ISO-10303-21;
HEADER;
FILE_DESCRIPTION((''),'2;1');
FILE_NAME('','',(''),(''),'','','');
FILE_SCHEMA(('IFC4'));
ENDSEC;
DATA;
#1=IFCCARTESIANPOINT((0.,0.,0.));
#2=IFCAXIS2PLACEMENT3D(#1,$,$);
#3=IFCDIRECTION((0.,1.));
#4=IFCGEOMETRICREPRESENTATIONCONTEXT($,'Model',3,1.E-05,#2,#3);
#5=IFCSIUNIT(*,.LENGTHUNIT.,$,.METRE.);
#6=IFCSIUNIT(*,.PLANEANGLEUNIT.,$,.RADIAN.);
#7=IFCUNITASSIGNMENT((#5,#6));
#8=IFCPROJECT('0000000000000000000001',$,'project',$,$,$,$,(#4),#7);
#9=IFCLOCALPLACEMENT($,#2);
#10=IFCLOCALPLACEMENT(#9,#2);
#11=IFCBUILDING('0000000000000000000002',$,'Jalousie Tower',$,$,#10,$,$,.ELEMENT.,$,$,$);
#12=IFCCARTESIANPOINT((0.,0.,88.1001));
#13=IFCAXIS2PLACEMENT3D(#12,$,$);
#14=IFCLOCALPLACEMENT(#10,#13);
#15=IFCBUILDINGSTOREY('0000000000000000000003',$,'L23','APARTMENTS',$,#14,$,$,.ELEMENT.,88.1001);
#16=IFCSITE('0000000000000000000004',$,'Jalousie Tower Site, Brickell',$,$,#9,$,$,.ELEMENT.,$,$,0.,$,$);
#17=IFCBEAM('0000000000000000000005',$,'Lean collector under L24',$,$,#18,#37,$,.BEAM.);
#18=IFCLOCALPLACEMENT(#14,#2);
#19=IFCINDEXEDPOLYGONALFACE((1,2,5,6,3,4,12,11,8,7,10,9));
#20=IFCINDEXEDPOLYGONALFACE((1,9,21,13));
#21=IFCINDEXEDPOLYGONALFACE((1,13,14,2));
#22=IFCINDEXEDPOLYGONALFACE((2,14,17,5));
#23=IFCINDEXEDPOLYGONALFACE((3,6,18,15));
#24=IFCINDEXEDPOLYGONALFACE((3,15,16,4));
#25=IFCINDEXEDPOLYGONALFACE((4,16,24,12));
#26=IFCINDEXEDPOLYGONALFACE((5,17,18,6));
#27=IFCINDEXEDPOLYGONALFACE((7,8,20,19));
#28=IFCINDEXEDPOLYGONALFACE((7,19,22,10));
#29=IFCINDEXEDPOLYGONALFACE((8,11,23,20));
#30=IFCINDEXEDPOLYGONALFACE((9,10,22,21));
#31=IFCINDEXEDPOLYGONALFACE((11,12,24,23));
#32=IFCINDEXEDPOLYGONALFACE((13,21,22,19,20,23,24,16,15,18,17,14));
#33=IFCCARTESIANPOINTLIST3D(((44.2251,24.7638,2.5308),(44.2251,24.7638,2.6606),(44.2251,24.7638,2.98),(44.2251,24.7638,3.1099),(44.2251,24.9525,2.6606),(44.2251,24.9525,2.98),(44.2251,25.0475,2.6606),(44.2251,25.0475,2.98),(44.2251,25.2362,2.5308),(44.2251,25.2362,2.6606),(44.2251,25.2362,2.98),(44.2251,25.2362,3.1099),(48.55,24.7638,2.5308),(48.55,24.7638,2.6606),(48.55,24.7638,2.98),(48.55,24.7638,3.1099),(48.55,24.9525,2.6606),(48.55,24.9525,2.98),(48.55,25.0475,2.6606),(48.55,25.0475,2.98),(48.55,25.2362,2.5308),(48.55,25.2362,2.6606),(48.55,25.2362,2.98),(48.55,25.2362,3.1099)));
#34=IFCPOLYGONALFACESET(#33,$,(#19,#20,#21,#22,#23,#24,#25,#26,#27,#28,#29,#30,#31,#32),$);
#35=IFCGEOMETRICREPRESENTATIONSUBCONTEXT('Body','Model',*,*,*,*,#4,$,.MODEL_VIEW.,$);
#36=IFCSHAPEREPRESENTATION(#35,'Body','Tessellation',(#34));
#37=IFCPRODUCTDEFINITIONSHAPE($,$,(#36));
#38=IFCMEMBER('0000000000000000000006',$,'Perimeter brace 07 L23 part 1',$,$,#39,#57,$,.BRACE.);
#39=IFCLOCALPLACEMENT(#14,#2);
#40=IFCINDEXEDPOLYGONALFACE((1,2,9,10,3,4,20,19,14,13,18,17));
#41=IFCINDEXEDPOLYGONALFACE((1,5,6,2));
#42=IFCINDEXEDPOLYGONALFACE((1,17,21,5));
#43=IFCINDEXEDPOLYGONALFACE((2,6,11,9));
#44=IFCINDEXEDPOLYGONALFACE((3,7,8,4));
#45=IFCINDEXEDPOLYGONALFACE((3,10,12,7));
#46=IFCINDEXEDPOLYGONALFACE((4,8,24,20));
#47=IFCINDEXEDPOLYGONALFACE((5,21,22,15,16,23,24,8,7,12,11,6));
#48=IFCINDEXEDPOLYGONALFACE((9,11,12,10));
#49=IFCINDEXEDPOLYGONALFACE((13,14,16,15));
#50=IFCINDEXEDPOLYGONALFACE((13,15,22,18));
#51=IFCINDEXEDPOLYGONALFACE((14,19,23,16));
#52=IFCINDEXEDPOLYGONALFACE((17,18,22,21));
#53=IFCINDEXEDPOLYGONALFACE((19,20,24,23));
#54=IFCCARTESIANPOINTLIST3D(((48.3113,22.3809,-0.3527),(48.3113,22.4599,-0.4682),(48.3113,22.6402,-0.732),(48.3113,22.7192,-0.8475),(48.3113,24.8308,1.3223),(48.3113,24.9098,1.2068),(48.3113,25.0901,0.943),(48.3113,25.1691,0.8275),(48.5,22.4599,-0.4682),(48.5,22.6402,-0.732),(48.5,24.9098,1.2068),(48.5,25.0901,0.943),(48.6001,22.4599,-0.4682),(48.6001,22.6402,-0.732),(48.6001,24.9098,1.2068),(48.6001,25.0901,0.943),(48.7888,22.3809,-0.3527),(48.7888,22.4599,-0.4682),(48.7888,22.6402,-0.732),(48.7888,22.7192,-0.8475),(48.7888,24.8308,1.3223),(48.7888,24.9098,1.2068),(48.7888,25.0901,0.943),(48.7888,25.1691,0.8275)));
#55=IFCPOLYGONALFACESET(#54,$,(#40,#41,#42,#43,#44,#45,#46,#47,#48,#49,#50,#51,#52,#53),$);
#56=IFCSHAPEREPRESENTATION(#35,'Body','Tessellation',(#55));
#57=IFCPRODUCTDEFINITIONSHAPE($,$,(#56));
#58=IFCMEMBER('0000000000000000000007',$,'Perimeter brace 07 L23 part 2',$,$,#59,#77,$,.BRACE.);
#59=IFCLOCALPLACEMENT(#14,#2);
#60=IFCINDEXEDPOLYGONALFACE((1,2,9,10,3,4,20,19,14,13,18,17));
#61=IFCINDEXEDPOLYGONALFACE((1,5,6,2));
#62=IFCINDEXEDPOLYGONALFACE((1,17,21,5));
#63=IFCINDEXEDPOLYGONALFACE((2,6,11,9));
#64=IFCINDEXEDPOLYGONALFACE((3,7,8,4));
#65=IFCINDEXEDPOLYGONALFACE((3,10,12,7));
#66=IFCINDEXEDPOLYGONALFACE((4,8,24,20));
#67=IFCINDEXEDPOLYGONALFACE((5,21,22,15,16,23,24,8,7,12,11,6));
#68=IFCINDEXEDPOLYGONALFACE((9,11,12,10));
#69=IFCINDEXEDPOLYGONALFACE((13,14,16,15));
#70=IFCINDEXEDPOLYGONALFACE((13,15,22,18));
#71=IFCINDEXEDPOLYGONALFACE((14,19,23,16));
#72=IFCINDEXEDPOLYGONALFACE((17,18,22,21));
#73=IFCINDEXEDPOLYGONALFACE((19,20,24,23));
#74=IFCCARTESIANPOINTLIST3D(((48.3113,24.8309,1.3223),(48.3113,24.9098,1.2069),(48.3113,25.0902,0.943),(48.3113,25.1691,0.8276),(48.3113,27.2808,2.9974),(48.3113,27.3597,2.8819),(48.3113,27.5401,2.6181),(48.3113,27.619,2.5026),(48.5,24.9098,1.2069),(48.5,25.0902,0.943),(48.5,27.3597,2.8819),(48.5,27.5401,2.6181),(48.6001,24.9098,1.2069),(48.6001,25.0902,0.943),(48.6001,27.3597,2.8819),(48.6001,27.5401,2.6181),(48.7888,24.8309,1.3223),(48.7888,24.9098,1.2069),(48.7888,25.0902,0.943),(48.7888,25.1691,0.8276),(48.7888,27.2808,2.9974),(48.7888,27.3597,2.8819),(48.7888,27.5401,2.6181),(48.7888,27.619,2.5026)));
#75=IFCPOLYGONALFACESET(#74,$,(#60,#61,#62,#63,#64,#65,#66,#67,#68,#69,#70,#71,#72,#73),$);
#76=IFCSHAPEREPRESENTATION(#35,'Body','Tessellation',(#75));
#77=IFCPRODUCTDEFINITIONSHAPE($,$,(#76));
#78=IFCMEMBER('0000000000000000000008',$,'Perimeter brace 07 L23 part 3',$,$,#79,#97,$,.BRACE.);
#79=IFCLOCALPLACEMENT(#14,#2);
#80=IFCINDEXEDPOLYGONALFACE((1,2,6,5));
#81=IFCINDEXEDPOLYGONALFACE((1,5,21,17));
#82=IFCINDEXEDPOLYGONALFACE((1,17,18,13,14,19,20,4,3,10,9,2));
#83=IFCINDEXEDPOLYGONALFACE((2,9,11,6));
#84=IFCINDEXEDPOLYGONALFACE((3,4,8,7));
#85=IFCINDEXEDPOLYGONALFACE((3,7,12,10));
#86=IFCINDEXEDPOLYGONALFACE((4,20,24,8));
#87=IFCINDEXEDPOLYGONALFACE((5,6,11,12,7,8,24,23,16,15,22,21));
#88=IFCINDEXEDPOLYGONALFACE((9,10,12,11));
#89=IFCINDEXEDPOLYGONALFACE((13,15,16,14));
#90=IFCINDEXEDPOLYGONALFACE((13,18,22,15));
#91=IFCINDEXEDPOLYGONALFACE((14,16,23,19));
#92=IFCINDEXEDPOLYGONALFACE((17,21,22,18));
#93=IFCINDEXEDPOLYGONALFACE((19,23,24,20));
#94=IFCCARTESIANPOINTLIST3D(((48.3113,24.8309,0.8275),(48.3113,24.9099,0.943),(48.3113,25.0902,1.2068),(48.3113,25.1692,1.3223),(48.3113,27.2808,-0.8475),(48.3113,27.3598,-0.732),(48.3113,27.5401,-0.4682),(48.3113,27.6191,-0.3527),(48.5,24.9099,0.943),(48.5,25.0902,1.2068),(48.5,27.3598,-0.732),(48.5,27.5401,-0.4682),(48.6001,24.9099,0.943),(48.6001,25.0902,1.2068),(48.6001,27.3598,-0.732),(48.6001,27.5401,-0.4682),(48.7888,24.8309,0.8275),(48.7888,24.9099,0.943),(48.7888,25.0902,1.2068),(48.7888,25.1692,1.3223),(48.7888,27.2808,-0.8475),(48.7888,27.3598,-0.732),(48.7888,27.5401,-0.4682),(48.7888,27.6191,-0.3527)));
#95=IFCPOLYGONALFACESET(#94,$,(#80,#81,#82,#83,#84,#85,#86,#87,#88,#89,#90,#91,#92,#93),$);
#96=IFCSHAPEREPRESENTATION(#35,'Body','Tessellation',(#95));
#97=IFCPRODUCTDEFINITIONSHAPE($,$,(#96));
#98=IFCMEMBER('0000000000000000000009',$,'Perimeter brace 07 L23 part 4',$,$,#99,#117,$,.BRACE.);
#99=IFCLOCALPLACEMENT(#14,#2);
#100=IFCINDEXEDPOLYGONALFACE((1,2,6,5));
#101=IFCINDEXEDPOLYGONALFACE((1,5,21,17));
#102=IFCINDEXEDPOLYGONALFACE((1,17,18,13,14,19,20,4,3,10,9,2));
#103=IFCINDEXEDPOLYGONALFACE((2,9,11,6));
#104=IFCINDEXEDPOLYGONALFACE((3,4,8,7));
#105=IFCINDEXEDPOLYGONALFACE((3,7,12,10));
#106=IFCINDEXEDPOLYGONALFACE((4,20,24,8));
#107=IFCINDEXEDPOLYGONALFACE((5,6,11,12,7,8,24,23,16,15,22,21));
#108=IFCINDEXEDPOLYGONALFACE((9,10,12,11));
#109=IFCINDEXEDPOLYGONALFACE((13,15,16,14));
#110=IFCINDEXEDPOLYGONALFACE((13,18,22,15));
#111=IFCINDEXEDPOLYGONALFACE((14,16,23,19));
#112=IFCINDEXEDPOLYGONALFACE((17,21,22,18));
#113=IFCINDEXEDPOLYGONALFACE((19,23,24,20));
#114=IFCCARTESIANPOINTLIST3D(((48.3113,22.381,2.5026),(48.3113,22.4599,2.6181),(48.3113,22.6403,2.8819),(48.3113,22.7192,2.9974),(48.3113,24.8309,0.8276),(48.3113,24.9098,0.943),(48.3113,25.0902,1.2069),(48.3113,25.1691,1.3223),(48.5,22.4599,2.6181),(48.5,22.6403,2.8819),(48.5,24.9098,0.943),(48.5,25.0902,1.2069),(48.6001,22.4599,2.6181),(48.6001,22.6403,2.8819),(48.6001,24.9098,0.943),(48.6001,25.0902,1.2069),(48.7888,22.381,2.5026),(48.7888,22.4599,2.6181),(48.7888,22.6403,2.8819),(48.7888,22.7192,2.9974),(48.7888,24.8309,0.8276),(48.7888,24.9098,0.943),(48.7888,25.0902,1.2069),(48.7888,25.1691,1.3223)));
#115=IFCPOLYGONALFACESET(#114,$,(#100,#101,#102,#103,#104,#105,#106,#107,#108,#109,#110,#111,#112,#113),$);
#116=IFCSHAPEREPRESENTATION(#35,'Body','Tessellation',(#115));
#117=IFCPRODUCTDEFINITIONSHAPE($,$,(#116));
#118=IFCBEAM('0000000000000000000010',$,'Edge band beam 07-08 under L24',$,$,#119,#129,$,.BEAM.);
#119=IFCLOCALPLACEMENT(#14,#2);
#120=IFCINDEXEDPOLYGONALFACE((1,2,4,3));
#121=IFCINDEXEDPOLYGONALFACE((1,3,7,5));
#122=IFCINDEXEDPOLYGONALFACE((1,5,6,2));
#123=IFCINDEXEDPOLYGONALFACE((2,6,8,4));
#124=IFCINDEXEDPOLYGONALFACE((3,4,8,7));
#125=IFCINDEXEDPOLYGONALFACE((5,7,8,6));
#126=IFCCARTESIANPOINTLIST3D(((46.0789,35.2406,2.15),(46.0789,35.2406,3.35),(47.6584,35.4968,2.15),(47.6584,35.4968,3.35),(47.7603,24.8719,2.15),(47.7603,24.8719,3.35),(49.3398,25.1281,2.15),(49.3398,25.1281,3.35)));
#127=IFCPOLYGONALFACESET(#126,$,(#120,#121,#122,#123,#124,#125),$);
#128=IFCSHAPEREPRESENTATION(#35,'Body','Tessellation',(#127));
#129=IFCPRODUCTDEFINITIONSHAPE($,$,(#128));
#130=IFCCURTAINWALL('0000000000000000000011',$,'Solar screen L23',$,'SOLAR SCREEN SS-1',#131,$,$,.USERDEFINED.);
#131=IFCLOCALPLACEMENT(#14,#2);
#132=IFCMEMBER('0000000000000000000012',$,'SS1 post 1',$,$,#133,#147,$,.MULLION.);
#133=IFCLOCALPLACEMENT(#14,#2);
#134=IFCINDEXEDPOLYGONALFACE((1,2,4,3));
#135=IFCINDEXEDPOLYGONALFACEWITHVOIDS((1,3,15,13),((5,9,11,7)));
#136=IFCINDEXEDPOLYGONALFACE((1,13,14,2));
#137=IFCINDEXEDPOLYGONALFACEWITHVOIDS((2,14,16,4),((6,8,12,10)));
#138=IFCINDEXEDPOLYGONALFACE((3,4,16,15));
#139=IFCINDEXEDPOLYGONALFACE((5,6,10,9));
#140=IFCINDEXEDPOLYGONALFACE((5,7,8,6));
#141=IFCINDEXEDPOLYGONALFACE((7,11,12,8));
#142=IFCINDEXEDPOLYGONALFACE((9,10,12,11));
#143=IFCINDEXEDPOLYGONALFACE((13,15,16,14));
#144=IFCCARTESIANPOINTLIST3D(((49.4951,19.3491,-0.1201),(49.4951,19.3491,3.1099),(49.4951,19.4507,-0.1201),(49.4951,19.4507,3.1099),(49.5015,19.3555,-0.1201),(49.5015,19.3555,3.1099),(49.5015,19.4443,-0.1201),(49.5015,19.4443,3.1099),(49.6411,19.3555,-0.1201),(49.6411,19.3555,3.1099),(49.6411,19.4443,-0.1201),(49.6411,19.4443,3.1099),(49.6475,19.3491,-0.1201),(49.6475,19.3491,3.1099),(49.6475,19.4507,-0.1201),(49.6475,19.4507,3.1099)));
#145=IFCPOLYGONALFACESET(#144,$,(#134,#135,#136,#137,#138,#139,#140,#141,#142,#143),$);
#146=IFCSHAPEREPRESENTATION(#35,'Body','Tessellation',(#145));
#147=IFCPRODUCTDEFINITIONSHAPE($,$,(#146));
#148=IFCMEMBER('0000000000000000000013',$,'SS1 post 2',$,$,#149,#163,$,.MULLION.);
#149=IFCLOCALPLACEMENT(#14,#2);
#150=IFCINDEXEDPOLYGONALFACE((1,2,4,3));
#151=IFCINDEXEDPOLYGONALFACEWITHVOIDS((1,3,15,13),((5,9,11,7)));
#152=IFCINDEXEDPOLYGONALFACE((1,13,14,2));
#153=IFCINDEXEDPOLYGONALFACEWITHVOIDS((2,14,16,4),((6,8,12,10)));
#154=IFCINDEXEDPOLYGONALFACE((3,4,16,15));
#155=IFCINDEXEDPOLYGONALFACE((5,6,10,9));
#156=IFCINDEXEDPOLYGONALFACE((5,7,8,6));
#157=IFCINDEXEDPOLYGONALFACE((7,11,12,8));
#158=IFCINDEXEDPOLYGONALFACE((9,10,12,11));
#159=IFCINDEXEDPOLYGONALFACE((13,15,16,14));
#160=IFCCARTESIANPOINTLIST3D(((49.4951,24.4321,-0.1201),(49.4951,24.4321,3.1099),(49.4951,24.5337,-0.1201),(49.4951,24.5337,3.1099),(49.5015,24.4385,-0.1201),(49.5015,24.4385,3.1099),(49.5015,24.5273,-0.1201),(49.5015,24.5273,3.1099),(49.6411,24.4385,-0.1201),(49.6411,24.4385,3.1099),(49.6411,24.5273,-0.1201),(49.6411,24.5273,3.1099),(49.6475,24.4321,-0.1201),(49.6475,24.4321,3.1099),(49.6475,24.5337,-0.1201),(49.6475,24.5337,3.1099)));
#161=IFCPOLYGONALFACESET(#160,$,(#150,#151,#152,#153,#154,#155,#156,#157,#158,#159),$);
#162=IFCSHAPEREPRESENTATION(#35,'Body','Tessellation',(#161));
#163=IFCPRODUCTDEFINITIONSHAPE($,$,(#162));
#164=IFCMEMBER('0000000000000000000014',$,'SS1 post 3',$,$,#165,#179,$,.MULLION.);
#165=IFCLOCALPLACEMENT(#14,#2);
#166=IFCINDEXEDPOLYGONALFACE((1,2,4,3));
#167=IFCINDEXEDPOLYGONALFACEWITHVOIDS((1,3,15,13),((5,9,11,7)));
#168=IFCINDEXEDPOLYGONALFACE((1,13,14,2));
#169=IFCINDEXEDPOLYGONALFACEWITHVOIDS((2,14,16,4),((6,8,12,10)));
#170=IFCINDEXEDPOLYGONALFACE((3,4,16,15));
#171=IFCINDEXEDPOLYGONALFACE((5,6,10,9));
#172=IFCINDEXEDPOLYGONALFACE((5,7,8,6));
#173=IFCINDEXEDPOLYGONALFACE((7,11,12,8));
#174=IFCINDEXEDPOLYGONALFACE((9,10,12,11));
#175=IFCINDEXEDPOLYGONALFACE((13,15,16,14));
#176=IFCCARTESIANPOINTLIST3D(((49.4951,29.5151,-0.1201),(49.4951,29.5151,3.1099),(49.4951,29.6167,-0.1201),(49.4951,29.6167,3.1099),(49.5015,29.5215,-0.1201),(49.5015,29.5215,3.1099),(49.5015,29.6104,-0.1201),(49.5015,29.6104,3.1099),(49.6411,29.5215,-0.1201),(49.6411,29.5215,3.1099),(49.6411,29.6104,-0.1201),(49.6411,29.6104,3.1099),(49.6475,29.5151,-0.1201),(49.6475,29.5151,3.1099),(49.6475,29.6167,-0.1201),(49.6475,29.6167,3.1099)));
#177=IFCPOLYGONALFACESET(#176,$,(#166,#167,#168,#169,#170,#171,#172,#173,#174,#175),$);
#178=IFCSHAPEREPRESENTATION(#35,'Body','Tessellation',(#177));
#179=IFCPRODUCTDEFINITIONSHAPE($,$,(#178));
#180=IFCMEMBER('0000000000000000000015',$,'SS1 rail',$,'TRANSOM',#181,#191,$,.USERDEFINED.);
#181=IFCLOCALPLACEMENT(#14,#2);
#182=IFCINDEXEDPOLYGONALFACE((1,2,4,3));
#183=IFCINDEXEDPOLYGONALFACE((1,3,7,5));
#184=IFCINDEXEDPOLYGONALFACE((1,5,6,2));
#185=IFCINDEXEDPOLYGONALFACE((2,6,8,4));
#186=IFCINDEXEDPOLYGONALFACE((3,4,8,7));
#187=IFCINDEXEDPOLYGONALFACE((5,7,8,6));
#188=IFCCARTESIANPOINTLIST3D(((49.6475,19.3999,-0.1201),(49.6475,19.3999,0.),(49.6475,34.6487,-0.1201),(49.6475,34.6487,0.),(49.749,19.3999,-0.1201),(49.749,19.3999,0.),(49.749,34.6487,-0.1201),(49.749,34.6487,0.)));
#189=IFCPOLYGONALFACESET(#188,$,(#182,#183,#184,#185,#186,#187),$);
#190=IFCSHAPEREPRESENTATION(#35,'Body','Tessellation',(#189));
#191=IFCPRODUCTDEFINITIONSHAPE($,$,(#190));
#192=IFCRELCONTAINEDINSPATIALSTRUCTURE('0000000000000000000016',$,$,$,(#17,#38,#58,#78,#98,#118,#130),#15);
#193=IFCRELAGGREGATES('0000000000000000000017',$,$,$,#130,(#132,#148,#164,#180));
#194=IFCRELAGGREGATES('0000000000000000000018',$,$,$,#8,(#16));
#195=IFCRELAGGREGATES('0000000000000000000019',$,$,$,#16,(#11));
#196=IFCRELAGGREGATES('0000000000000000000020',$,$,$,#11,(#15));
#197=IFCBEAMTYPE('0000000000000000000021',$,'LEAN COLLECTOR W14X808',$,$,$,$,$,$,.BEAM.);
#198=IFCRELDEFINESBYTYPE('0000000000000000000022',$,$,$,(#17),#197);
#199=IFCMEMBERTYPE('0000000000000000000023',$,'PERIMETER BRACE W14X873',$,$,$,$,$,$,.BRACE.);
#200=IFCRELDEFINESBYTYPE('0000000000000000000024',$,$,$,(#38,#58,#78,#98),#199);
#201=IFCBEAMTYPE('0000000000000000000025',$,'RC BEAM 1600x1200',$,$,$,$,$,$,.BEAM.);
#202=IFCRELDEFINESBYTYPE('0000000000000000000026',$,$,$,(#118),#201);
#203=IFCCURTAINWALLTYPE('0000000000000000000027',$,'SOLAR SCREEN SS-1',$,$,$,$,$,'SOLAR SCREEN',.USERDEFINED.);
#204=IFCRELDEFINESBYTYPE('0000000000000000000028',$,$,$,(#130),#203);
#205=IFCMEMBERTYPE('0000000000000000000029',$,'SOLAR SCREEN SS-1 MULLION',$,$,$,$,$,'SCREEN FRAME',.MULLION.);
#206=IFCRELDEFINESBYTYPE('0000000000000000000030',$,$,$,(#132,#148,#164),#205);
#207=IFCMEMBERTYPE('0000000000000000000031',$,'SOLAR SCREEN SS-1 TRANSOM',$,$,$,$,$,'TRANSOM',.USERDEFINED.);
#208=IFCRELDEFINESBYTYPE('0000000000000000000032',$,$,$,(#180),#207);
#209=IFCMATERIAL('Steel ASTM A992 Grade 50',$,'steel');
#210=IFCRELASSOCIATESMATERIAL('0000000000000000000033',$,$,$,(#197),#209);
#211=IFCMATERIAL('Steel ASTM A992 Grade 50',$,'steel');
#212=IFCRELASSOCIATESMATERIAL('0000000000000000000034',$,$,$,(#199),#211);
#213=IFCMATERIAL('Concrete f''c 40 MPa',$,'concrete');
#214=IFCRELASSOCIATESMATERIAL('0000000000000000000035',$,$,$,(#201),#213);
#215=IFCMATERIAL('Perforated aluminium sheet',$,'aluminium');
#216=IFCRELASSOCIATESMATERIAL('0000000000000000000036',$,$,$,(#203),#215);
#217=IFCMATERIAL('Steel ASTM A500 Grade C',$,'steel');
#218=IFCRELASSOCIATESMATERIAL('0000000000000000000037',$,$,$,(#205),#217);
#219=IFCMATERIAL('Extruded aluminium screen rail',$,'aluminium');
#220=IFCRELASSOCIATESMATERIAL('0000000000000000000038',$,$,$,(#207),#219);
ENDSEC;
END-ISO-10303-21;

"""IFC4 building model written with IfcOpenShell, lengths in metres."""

from ifc_helpers import new_model, si_unit, direction, frame, origin, origin_2d, place, context, subcontext, project, spatial, rectangle, hollow_rectangle, i_section, extrude, material, material_profile, profile_set, type_object, element, aggregate, save


model = new_model("IFC4")

# Units and contexts
model_context = context("Model", 3, precision=1e-05, world=origin(), true_north=direction((0.0, 1.0)))
body_context = subcontext(model_context, "Body", "Model", "MODEL_VIEW")
ifc_project = project(units=[si_unit("LENGTHUNIT", "METRE"), si_unit("PLANEANGLEUNIT", "RADIAN")], contexts=[model_context])

# Site, building, storey
site_placement = place(None, origin())
site = spatial("IfcSite", under=ifc_project, at=site_placement, Name="Jalousie Tower Site, Brickell", CompositionType="ELEMENT", RefElevation=0.0)
building_placement = place(site_placement, origin())
building = spatial("IfcBuilding", under=site, at=building_placement, Name="Jalousie Tower", CompositionType="ELEMENT")
storey_placement = place(building_placement, frame((0.0, 0.0, 88.1001)))
storey = spatial("IfcBuildingStorey", under=building, at=storey_placement, Name="L23", Description="APARTMENTS", CompositionType="ELEMENT", Elevation=88.1001)

# Beam
ifc_material_1 = material(Name="Steel ASTM A992 Grade 50", Category="steel")
ifc_material_profile_1 = material_profile(ifc_material_1, i_section(OverallWidth=0.4724, OverallDepth=0.5791, WebThickness=0.095, FlangeThickness=0.1299, at=origin_2d()), Name="W14X808")
ifc_profile_set_1 = profile_set([ifc_material_profile_1], Name="Steel ASTM A992 Grade 50")
beam_type_1 = type_object("IfcBeamType", Name="LEAN COLLECTOR W14X808", PredefinedType="BEAM", material=ifc_profile_set_1)
beam_1_placement = place(storey_placement, frame((48.55, 25.0, 2.8203), z_axis=(-1.0, 0.0, 0.0), x_axis=(0.0, -1.0, 0.0)))
element("IfcBeam", 1, at=beam_1_placement, inside=storey, type_object=beam_type_1, Name="Lean collector under L24", PredefinedType="BEAM", context=body_context, shape_type="SweptSolid", body=[
    extrude(i_section(OverallWidth=0.4724, OverallDepth=0.5791, WebThickness=0.095, FlangeThickness=0.1299, at=origin_2d()), origin(), (0.0, 0.0, 1.0), 4.325),
])

# Members
ifc_material_2 = material(Name="Steel ASTM A992 Grade 50", Category="steel")
ifc_material_profile_2 = material_profile(ifc_material_2, i_section(OverallWidth=0.4775, OverallDepth=0.5994, WebThickness=0.1001, FlangeThickness=0.1399, at=origin_2d()), Name="W14X873")
ifc_profile_set_2 = profile_set([ifc_material_profile_2], Name="Steel ASTM A992 Grade 50")
member_type_1 = type_object("IfcMemberType", Name="PERIMETER BRACE W14X873", PredefinedType="BRACE", material=ifc_profile_set_2)
for number, where, z_axis, x_axis, name in (
    (2, (48.55, 22.55, -0.6001), (0.0, 0.825501, 0.564401), (-1.0, 0.0, 0.0), "Perimeter brace 07 L23 part 1"),
    (3, (48.55, 25.0, 1.075), (0.0, 0.825501, 0.564401), (-1.0, 0.0, 0.0), "Perimeter brace 07 L23 part 2"),
    (4, (48.55, 27.45, -0.6001), (0.0, -0.825501, 0.564401), (1.0, 0.0, 0.0), "Perimeter brace 07 L23 part 3"),
    (5, (48.55, 25.0, 1.075), (0.0, -0.825501, 0.564401), (1.0, 0.0, 0.0), "Perimeter brace 07 L23 part 4"),
):
    element("IfcMember", number, at=place(storey_placement, frame(where, z_axis=z_axis, x_axis=x_axis)), inside=storey, type_object=member_type_1, Name=name, PredefinedType="BRACE", context=body_context, shape_type="SweptSolid", body=[
        extrude(i_section(OverallWidth=0.4775, OverallDepth=0.5994, WebThickness=0.1001, FlangeThickness=0.1399, at=origin_2d()), origin(), (0.0, 0.0, 1.0), 2.9678),
    ])

# Beam
ifc_material_3 = material(Name="Concrete f'c 40 MPa", Category="concrete")
ifc_material_profile_3 = material_profile(ifc_material_3, rectangle(XDim=1.6001, YDim=1.2, at=origin_2d()), Name="RC 1600x1200")
ifc_profile_set_3 = profile_set([ifc_material_profile_3], Name="Concrete f'c 40 MPa")
beam_type_2 = type_object("IfcBeamType", Name="RC BEAM 1600x1200", PredefinedType="BEAM", material=ifc_profile_set_3)
beam_2_placement = place(storey_placement, frame((48.55, 25.0, 2.75), z_axis=(-0.160071, 0.987106, 0.0), x_axis=(-0.987106, -0.160071, 0.0)))
element("IfcBeam", 6, at=beam_2_placement, inside=storey, type_object=beam_type_2, Name="Edge band beam 07-08 under L24", PredefinedType="BEAM", context=body_context, shape_type="SweptSolid", body=[
    extrude(rectangle(XDim=1.6001, YDim=1.2, at=origin_2d()), origin(), (0.0, 0.0, 1.0), 10.5042),
])

# Curtain wall, members
ifc_material_4 = material(Name="Perforated aluminium sheet", Category="aluminium")
curtain_wall_type = type_object("IfcCurtainWallType", Name="SOLAR SCREEN SS-1", ElementType="SOLAR SCREEN", PredefinedType="USERDEFINED", material=ifc_material_4)
curtain_wall_placement = place(storey_placement, origin())
curtain_wall = element("IfcCurtainWall", 7, at=curtain_wall_placement, inside=storey, type_object=curtain_wall_type, Name="Solar screen L23", ObjectType="SOLAR SCREEN SS-1", PredefinedType="USERDEFINED")
ifc_material_5 = material(Name="Steel ASTM A500 Grade C", Category="steel")
ifc_material_profile_4 = material_profile(ifc_material_5, hollow_rectangle(XDim=0.1016, YDim=0.1523, WallThickness=0.0063, at=origin_2d()), Name="HSS6X4X1/4")
ifc_profile_set_4 = profile_set([ifc_material_profile_4], Name="Steel ASTM A500 Grade C")
member_type_2 = type_object("IfcMemberType", Name="SOLAR SCREEN SS-1 MULLION", ElementType="SCREEN FRAME", PredefinedType="MULLION", material=ifc_profile_set_4)
member_1_placement = place(storey_placement, frame((49.5713, 19.3999, -0.1201), z_axis=(0.0, 0.0, 1.0), x_axis=(0.0, 1.0, 0.0)))
member_1 = element("IfcMember", 8, at=member_1_placement, type_object=member_type_2, Name="SS1 post 1", PredefinedType="MULLION", context=body_context, shape_type="SweptSolid", body=[
    extrude(hollow_rectangle(XDim=0.1016, YDim=0.1523, WallThickness=0.0063, at=origin_2d()), origin(), (0.0, 0.0, 1.0), 3.23),
])
member_2_placement = place(storey_placement, frame((49.5713, 24.4829, -0.1201), z_axis=(0.0, 0.0, 1.0), x_axis=(0.0, 1.0, 0.0)))
member_2 = element("IfcMember", 9, at=member_2_placement, type_object=member_type_2, Name="SS1 post 2", PredefinedType="MULLION", context=body_context, shape_type="SweptSolid", body=[
    extrude(hollow_rectangle(XDim=0.1016, YDim=0.1523, WallThickness=0.0063, at=origin_2d()), origin(), (0.0, 0.0, 1.0), 3.23),
])
member_3_placement = place(storey_placement, frame((49.5713, 29.5659, -0.1201), z_axis=(0.0, 0.0, 1.0), x_axis=(0.0, 1.0, 0.0)))
member_3 = element("IfcMember", 10, at=member_3_placement, type_object=member_type_2, Name="SS1 post 3", PredefinedType="MULLION", context=body_context, shape_type="SweptSolid", body=[
    extrude(hollow_rectangle(XDim=0.1016, YDim=0.1523, WallThickness=0.0063, at=origin_2d()), origin(), (0.0, 0.0, 1.0), 3.23),
])
ifc_material_6 = material(Name="Extruded aluminium screen rail", Category="aluminium")
ifc_material_profile_5 = material_profile(ifc_material_6, rectangle(XDim=0.1016, YDim=0.1201, at=origin_2d()), Name="RAIL 102x120")
ifc_profile_set_5 = profile_set([ifc_material_profile_5], Name="Extruded aluminium screen rail")
member_type_3 = type_object("IfcMemberType", Name="SOLAR SCREEN SS-1 TRANSOM", ElementType="TRANSOM", PredefinedType="USERDEFINED", material=ifc_profile_set_5)
member_4_placement = place(storey_placement, frame((49.6982, 19.3999, -0.0601), z_axis=(0.0, 1.0, 0.0), x_axis=(-1.0, 0.0, 0.0)))
member_4 = element("IfcMember", 11, at=member_4_placement, type_object=member_type_3, Name="SS1 rail", ObjectType="TRANSOM", PredefinedType="USERDEFINED", context=body_context, shape_type="SweptSolid", body=[
    extrude(rectangle(XDim=0.1016, YDim=0.1201, at=origin_2d()), origin(), (0.0, 0.0, 1.0), 15.2488),
])
aggregate(curtain_wall, [member_1, member_2, member_3, member_4])

save(model, "model.ifc")
